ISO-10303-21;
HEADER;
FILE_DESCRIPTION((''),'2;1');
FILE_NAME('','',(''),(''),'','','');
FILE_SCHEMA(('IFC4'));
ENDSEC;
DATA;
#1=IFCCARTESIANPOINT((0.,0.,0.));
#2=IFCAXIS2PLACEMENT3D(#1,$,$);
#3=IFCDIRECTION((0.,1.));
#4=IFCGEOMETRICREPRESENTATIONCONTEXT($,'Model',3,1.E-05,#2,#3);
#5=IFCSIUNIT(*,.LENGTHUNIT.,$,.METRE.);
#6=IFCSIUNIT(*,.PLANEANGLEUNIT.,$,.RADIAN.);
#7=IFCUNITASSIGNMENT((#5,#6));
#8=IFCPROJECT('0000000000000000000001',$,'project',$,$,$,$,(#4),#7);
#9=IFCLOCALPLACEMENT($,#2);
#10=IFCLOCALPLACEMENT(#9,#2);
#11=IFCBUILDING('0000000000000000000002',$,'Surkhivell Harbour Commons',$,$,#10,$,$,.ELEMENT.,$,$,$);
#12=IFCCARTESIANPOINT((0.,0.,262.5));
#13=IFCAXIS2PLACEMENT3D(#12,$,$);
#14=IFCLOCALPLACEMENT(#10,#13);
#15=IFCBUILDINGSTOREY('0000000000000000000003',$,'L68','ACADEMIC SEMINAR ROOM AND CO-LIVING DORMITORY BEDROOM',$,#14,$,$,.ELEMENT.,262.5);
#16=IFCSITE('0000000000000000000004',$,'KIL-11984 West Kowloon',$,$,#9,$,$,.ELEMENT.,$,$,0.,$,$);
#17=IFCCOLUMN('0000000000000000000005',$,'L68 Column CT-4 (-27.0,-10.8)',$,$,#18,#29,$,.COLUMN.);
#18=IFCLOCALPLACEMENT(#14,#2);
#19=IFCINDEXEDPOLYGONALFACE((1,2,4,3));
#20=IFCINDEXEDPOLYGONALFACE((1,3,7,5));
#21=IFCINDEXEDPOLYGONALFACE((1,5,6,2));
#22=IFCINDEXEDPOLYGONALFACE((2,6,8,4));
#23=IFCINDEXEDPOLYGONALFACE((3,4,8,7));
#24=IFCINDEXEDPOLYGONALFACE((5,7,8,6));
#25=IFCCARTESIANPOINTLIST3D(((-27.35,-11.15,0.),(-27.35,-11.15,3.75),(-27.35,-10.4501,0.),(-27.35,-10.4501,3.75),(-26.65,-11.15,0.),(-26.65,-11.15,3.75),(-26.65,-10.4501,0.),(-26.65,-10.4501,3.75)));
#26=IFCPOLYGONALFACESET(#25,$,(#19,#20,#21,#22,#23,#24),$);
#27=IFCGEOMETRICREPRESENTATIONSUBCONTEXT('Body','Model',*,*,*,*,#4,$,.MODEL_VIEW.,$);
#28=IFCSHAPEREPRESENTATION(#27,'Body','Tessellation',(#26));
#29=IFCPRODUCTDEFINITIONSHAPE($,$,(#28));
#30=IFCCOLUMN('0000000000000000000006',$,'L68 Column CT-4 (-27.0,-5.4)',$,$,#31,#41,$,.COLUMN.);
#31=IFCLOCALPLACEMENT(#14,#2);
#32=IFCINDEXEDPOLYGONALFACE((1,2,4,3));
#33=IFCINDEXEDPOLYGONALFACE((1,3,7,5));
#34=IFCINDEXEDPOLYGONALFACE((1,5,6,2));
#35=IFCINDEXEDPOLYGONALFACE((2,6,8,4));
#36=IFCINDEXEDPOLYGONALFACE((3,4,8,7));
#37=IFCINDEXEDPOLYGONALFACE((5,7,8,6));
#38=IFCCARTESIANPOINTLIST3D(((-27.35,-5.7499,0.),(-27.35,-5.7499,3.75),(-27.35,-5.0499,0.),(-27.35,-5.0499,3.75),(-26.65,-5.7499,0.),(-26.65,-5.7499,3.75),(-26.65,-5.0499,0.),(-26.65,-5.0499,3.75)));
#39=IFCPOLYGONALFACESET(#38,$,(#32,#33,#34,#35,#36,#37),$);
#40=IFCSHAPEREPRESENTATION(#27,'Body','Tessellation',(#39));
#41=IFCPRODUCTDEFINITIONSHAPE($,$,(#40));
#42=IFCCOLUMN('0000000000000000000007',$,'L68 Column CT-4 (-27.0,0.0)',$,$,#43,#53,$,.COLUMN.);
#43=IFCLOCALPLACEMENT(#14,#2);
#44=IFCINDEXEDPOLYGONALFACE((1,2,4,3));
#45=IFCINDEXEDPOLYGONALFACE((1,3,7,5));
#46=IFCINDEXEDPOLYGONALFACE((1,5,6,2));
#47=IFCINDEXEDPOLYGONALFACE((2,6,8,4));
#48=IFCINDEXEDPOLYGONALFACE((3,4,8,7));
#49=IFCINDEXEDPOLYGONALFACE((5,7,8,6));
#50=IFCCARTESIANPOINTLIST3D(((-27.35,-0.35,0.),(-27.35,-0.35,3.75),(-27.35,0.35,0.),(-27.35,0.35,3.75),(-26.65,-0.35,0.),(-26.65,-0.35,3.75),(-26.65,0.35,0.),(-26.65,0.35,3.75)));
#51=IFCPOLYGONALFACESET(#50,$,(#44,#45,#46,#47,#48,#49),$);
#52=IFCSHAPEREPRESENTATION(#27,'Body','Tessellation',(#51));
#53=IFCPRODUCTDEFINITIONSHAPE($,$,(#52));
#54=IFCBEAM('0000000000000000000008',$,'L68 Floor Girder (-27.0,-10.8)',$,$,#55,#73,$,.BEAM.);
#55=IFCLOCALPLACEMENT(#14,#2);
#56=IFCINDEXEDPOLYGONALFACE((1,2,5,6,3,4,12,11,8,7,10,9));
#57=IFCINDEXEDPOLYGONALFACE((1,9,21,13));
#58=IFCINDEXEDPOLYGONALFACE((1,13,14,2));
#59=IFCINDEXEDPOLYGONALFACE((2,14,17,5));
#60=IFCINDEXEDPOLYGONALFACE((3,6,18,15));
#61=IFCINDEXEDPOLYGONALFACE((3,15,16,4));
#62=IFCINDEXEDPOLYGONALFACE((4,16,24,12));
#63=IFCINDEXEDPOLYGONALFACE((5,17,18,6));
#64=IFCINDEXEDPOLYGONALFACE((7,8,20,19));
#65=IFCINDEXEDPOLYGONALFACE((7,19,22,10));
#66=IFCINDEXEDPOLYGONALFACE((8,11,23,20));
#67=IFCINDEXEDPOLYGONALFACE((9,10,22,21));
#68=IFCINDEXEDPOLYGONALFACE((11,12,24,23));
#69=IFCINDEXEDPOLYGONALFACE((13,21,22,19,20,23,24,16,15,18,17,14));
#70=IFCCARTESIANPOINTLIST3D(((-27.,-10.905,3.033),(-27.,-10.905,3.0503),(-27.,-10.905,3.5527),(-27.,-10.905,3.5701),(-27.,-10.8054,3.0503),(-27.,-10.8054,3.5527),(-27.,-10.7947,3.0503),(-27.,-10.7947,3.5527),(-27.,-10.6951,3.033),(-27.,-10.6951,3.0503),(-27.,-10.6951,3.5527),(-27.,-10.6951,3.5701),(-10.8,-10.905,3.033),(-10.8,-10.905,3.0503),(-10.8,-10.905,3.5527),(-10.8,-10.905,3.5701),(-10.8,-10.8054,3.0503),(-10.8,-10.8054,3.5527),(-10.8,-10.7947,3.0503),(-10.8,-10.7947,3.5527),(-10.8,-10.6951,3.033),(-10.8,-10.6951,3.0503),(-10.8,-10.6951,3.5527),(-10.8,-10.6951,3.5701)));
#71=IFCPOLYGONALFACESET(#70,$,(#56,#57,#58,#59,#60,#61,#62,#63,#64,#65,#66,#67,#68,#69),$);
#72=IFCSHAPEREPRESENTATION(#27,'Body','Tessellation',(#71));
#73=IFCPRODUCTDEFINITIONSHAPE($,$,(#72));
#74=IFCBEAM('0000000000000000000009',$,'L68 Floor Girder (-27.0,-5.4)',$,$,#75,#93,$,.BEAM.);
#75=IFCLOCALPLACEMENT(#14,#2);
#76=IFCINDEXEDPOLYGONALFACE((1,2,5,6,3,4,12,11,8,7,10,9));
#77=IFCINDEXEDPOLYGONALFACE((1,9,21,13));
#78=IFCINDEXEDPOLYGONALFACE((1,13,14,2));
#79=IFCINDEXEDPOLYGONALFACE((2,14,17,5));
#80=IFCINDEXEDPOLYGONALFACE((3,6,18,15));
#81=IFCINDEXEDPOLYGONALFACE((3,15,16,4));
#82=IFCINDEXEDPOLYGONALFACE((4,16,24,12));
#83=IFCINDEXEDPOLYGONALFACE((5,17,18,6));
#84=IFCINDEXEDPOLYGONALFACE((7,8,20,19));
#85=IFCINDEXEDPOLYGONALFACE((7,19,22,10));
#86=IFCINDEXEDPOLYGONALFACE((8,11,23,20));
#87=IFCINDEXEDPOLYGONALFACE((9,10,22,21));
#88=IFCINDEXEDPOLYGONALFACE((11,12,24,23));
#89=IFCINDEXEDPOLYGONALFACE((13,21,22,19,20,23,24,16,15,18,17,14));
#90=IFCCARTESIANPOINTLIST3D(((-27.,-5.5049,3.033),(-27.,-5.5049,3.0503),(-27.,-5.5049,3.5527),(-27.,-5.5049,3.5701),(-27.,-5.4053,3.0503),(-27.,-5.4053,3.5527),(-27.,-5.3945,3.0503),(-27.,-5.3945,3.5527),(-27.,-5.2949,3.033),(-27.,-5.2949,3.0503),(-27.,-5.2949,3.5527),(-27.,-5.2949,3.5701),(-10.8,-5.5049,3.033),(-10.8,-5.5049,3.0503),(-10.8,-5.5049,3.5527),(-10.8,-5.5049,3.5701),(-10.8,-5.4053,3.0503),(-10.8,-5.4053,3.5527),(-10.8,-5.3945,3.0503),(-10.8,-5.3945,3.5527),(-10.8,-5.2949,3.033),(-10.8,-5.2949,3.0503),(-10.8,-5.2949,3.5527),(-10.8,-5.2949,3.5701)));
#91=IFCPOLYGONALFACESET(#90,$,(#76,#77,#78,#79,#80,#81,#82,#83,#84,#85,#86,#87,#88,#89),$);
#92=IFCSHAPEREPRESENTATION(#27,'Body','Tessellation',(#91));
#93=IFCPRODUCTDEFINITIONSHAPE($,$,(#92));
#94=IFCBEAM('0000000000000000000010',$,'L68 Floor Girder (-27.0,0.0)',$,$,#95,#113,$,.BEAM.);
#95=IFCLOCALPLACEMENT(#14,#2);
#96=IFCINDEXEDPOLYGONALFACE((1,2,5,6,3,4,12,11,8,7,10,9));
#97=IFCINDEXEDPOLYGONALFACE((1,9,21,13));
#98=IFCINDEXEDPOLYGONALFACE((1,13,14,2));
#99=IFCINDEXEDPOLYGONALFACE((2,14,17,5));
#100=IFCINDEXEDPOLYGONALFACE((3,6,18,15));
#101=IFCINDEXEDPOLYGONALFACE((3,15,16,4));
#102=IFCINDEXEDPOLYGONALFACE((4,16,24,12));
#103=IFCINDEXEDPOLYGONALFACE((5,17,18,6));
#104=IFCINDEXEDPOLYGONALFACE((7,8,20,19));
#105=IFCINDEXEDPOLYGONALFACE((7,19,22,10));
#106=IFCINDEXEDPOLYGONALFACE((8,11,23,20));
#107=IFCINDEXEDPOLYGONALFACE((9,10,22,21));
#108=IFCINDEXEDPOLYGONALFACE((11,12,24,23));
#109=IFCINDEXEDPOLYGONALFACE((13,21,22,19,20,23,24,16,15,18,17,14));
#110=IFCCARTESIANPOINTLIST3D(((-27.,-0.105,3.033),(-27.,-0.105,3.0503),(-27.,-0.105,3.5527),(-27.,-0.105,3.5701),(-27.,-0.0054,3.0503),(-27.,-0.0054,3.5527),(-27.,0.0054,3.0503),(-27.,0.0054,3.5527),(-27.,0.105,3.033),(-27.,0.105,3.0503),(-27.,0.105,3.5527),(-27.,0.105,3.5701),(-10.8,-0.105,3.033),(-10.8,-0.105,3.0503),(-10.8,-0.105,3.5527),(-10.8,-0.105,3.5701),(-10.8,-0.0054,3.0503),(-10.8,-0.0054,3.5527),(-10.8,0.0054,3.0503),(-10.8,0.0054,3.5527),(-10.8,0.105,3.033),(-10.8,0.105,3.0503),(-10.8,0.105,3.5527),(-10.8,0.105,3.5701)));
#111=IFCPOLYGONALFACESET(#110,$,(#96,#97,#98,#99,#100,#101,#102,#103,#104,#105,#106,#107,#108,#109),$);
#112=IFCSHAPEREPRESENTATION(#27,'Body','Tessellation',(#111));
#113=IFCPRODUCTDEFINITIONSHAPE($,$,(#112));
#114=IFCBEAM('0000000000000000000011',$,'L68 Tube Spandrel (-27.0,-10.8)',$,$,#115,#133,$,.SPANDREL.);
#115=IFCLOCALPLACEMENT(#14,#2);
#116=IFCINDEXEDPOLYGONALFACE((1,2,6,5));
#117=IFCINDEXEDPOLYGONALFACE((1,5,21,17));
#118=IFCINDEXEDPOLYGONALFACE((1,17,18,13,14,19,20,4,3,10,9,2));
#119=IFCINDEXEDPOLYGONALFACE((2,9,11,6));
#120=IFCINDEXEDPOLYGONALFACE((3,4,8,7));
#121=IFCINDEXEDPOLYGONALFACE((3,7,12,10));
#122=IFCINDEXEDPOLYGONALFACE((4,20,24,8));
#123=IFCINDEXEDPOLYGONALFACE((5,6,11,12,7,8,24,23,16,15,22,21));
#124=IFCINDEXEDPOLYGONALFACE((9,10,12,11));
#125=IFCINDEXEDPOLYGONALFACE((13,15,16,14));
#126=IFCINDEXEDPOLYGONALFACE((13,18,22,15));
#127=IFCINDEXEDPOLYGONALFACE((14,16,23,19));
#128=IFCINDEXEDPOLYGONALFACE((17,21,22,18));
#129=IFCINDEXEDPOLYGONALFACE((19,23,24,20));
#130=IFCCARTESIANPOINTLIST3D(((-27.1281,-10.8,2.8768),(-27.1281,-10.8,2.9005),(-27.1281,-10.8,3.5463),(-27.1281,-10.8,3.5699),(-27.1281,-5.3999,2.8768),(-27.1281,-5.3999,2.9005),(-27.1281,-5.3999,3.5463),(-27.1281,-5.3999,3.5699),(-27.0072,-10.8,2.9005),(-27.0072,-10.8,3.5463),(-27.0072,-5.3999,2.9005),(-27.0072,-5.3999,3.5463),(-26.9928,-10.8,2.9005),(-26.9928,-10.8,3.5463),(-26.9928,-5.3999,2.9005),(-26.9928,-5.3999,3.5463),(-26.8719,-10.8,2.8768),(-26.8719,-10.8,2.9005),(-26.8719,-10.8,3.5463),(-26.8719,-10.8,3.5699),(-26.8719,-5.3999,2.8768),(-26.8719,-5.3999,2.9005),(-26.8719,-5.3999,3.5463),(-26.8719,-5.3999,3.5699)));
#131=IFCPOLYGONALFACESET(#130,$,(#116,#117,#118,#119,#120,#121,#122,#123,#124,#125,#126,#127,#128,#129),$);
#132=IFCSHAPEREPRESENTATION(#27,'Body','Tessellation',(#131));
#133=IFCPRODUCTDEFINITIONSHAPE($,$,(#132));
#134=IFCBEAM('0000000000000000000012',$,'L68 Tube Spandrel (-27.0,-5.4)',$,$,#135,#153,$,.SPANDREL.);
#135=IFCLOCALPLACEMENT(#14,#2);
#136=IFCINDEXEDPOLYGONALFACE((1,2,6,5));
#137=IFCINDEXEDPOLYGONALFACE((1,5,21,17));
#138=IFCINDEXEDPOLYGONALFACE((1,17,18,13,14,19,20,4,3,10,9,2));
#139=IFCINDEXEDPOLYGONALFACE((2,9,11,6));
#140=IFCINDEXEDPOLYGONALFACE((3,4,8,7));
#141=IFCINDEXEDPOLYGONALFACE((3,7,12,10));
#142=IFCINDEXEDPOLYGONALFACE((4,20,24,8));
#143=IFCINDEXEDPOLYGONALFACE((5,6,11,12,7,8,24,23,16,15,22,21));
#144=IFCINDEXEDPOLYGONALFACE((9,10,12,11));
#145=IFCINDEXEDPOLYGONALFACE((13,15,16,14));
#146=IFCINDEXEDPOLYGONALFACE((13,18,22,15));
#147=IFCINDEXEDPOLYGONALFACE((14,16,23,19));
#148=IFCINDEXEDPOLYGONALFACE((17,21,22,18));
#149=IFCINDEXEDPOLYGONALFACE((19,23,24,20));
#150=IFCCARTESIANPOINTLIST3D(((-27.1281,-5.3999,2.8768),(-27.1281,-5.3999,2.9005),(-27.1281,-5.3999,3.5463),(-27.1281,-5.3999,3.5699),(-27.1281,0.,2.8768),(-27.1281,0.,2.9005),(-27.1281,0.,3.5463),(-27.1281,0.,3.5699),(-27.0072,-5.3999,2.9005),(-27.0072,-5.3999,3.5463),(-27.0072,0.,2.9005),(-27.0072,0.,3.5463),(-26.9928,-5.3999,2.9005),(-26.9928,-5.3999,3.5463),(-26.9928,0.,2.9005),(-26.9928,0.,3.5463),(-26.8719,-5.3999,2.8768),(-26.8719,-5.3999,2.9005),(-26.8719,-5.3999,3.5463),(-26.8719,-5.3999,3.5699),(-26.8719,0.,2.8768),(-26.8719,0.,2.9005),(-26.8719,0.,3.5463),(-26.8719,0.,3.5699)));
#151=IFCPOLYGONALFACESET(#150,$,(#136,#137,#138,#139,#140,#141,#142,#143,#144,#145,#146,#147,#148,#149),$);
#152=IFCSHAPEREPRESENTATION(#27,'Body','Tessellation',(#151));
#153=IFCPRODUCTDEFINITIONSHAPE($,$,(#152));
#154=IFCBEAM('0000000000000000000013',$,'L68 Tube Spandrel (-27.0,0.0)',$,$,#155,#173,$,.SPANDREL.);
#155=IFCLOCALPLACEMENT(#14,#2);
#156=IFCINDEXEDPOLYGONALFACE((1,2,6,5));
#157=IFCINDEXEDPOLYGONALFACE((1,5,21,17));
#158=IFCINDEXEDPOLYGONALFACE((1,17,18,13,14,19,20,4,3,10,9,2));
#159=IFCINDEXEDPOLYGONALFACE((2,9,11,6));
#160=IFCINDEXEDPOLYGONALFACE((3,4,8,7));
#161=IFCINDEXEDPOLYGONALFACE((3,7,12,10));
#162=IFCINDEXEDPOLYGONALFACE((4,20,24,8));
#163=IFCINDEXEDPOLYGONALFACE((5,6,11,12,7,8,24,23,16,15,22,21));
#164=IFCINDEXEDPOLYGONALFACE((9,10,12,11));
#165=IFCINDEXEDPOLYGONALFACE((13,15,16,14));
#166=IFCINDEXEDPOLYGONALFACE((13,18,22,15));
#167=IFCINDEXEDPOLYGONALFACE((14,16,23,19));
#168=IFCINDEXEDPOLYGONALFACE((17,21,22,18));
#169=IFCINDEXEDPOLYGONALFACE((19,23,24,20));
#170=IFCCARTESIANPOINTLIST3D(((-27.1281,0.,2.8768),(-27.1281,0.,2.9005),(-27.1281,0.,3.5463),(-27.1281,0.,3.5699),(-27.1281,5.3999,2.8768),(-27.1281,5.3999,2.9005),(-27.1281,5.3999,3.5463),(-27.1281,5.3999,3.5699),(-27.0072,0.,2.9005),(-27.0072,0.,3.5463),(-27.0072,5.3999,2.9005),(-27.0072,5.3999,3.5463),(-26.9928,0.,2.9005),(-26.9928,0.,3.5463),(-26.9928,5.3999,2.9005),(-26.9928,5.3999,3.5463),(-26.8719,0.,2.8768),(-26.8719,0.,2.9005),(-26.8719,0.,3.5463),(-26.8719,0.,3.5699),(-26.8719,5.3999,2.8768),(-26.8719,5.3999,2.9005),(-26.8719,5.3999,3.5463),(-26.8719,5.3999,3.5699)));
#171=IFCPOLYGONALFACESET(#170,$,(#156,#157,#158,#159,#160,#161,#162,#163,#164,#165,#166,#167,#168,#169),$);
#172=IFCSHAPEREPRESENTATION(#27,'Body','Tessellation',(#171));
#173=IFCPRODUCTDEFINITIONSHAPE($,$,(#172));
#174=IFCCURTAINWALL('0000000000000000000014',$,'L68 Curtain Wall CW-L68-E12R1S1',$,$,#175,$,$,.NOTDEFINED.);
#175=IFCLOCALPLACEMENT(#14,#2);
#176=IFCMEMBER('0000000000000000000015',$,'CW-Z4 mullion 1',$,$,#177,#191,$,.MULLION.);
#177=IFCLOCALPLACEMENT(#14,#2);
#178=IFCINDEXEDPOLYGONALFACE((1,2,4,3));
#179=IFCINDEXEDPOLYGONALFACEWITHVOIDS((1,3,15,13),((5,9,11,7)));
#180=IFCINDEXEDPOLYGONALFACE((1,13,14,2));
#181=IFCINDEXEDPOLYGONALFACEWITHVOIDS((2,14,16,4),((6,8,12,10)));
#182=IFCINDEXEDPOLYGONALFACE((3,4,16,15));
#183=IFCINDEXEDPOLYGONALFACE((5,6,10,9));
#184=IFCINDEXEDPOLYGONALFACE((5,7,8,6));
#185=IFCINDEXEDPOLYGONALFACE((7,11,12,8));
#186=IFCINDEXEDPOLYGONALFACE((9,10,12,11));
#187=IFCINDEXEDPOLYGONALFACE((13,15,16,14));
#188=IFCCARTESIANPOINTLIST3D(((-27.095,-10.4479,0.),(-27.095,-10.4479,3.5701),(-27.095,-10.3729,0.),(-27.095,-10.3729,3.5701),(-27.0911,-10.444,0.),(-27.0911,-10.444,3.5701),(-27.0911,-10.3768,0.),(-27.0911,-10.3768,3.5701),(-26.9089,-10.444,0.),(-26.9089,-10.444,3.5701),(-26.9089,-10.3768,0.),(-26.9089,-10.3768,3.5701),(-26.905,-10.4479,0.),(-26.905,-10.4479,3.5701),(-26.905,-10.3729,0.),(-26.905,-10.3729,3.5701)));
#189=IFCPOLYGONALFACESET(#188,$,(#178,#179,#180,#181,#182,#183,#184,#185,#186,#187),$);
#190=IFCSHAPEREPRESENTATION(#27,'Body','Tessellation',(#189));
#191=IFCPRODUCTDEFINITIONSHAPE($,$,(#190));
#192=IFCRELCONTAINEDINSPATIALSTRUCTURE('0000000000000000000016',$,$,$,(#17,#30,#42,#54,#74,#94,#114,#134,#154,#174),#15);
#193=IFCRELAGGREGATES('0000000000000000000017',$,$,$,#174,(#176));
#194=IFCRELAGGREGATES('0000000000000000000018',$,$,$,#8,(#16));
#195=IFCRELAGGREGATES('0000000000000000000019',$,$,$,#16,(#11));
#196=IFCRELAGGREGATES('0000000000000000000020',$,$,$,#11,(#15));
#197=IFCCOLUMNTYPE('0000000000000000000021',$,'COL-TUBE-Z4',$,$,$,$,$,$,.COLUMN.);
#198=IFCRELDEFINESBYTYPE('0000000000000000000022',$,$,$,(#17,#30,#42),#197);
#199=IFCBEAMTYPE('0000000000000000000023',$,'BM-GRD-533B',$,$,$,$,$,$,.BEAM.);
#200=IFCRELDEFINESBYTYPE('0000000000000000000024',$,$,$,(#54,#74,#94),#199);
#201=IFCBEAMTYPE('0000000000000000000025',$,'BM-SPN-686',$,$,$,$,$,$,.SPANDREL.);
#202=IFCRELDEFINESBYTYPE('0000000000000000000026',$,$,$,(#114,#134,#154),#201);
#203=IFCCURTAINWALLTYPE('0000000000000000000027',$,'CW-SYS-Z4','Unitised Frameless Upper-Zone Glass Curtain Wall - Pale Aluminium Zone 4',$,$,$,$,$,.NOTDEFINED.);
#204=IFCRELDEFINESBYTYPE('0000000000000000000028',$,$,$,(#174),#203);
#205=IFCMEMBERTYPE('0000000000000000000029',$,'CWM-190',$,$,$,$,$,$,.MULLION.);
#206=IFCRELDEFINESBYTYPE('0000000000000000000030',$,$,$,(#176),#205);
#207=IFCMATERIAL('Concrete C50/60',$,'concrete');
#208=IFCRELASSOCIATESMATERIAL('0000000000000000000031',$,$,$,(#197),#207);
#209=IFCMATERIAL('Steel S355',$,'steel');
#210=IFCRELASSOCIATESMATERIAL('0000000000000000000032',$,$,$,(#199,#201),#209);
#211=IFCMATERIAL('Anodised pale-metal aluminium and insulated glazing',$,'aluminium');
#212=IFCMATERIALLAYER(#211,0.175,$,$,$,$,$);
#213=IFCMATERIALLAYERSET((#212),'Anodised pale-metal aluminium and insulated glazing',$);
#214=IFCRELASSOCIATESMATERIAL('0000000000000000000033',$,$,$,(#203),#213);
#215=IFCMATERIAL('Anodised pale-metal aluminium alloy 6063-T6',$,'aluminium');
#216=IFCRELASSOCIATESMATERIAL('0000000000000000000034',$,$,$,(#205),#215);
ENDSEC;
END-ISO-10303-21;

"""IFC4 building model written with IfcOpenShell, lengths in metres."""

from ifc_helpers import new_model, si_unit, direction, frame, origin, origin_2d, place, context, subcontext, project, spatial, rectangle, hollow_rectangle, i_section, extrude, material, layer, layer_set, material_profile, profile_set, type_object, element, aggregate, save


model = new_model("IFC4")

# Units and contexts
model_context = context("Model", 3, precision=1e-05, world=origin(), true_north=direction((0.0, 1.0)))
body_context = subcontext(model_context, "Body", "Model", "MODEL_VIEW")
ifc_project = project(units=[si_unit("LENGTHUNIT", "METRE"), si_unit("PLANEANGLEUNIT", "RADIAN")], contexts=[model_context])

# Site, building, storey
site_placement = place(None, origin())
site = spatial("IfcSite", under=ifc_project, at=site_placement, Name="KIL-11984 West Kowloon", CompositionType="ELEMENT", RefElevation=0.0)
building_placement = place(site_placement, origin())
building = spatial("IfcBuilding", under=site, at=building_placement, Name="Surkhivell Harbour Commons", CompositionType="ELEMENT")
storey_placement = place(building_placement, frame((0.0, 0.0, 262.5)))
storey = spatial("IfcBuildingStorey", under=building, at=storey_placement, Name="L68", Description="ACADEMIC SEMINAR ROOM AND CO-LIVING DORMITORY BEDROOM", CompositionType="ELEMENT", Elevation=262.5)

# Columns
ifc_material_1 = material(Name="Concrete C50/60", Category="concrete")
ifc_material_profile_1 = material_profile(ifc_material_1, rectangle(XDim=0.7, YDim=0.7, at=origin_2d()), Name="RC-COL-700x700")
ifc_profile_set_1 = profile_set([ifc_material_profile_1], Name="Concrete C50/60")
column_type = type_object("IfcColumnType", Name="COL-TUBE-Z4", PredefinedType="COLUMN", material=ifc_profile_set_1)
for number, where, z_axis, x_axis, name in (
    (1, (-27.0, -10.8, 0.0), (0.0, 0.0, 1.0), (1.0, 0.0, 0.0), "L68 Column CT-4 (-27.0,-10.8)"),
    (2, (-27.0, -5.3999, 0.0), (0.0, 0.0, 1.0), (1.0, 0.0, 0.0), "L68 Column CT-4 (-27.0,-5.4)"),
    (3, (-27.0, 0.0, 0.0), (0.0, 0.0, 1.0), (1.0, 0.0, 0.0), "L68 Column CT-4 (-27.0,0.0)"),
):
    element("IfcColumn", number, at=place(storey_placement, frame(where, z_axis=z_axis, x_axis=x_axis)), inside=storey, type_object=column_type, Name=name, PredefinedType="COLUMN", context=body_context, shape_type="SweptSolid", body=[
        extrude(rectangle(XDim=0.7, YDim=0.7, at=origin_2d()), origin(), (0.0, 0.0, 1.0), 3.75),
    ])

# Beams
ifc_material_2 = material(Name="Steel S355", Category="steel")
ifc_material_profile_2 = material_profile(ifc_material_2, i_section(OverallWidth=0.21, OverallDepth=0.5371, WebThickness=0.0107, FlangeThickness=0.0173, at=origin_2d()), Name="UB533x210x101")
ifc_profile_set_2 = profile_set([ifc_material_profile_2], Name="Steel S355")
beam_type_1 = type_object("IfcBeamType", Name="BM-GRD-533B", PredefinedType="BEAM", material=ifc_profile_set_2)
for number, where, z_axis, x_axis, name in (
    (4, (-27.0, -10.8, 3.3015), (1.0, 0.0, 0.0), (0.0, 1.0, 0.0), "L68 Floor Girder (-27.0,-10.8)"),
    (5, (-27.0, -5.3999, 3.3015), (1.0, 0.0, 0.0), (0.0, 1.0, 0.0), "L68 Floor Girder (-27.0,-5.4)"),
    (6, (-27.0, 0.0, 3.3015), (1.0, 0.0, 0.0), (0.0, 1.0, 0.0), "L68 Floor Girder (-27.0,0.0)"),
):
    element("IfcBeam", number, at=place(storey_placement, frame(where, z_axis=z_axis, x_axis=x_axis)), inside=storey, type_object=beam_type_1, Name=name, PredefinedType="BEAM", context=body_context, shape_type="SweptSolid", body=[
        extrude(i_section(OverallWidth=0.21, OverallDepth=0.5371, WebThickness=0.0107, FlangeThickness=0.0173, at=origin_2d()), origin(), (0.0, 0.0, 1.0), 16.2),
    ])
ifc_material_profile_3 = material_profile(ifc_material_2, i_section(OverallWidth=0.2561, OverallDepth=0.6931, WebThickness=0.0144, FlangeThickness=0.0237, at=origin_2d()), Name="UB686x254x170")
ifc_profile_set_3 = profile_set([ifc_material_profile_3], Name="Steel S355")
beam_type_2 = type_object("IfcBeamType", Name="BM-SPN-686", PredefinedType="SPANDREL", material=ifc_profile_set_3)
beam_placement = place(storey_placement, frame((-27.0, -10.8, 3.2234), z_axis=(0.0, 1.0, 0.0), x_axis=(-1.0, 0.0, 0.0)))
element("IfcBeam", 7, at=beam_placement, inside=storey, type_object=beam_type_2, Name="L68 Tube Spandrel (-27.0,-10.8)", PredefinedType="SPANDREL", context=body_context, shape_type="SweptSolid", body=[
    extrude(i_section(OverallWidth=0.2561, OverallDepth=0.6931, WebThickness=0.0144, FlangeThickness=0.0237, at=origin_2d()), origin(), (0.0, 0.0, 1.0), 5.4001),
])
for number, where, z_axis, x_axis, name in (
    (8, (-27.0, -5.3999, 3.2234), (0.0, 1.0, 0.0), (-1.0, 0.0, 0.0), "L68 Tube Spandrel (-27.0,-5.4)"),
    (9, (-27.0, 0.0, 3.2234), (0.0, 1.0, 0.0), (-1.0, 0.0, 0.0), "L68 Tube Spandrel (-27.0,0.0)"),
):
    element("IfcBeam", number, at=place(storey_placement, frame(where, z_axis=z_axis, x_axis=x_axis)), inside=storey, type_object=beam_type_2, Name=name, PredefinedType="SPANDREL", context=body_context, shape_type="SweptSolid", body=[
        extrude(i_section(OverallWidth=0.2561, OverallDepth=0.6931, WebThickness=0.0144, FlangeThickness=0.0237, at=origin_2d()), origin(), (0.0, 0.0, 1.0), 5.3999),
    ])

# Curtain wall, member
ifc_material_3 = material(Name="Anodised pale-metal aluminium and insulated glazing", Category="aluminium")
ifc_layer_1 = layer(ifc_material_3, 0.175)
ifc_layer_set_1 = layer_set([ifc_layer_1], Name="Anodised pale-metal aluminium and insulated glazing")
curtain_wall_type = type_object("IfcCurtainWallType", Name="CW-SYS-Z4", Description="Unitised Frameless Upper-Zone Glass Curtain Wall - Pale Aluminium Zone 4", PredefinedType="NOTDEFINED", material=ifc_layer_set_1)
curtain_wall_placement = place(storey_placement, origin())
curtain_wall = element("IfcCurtainWall", 10, at=curtain_wall_placement, inside=storey, type_object=curtain_wall_type, Name="L68 Curtain Wall CW-L68-E12R1S1", PredefinedType="NOTDEFINED")
ifc_material_4 = material(Name="Anodised pale-metal aluminium alloy 6063-T6", Category="aluminium")
ifc_material_profile_4 = material_profile(ifc_material_4, hollow_rectangle(XDim=0.075, YDim=0.1899, WallThickness=0.0039, at=origin_2d()), Name="ALU-MULL-75x190")
ifc_profile_set_4 = profile_set([ifc_material_profile_4], Name="Anodised pale-metal aluminium alloy 6063-T6")
member_type_1 = type_object("IfcMemberType", Name="CWM-190", PredefinedType="MULLION", material=ifc_profile_set_4)
member_1_placement = place(storey_placement, frame((-27.0, -10.4104, 0.0), z_axis=(0.0, 0.0, 1.0), x_axis=(0.0, 1.0, 0.0)))
member_1 = element("IfcMember", 11, at=member_1_placement, type_object=member_type_1, Name="CW-Z4 mullion 1", PredefinedType="MULLION", context=body_context, shape_type="SweptSolid", body=[
    extrude(hollow_rectangle(XDim=0.075, YDim=0.1899, WallThickness=0.0039, at=origin_2d()), origin(), (0.0, 0.0, 1.0), 3.5701),
])

aggregate(curtain_wall, [member_1])

save(model, "model.ifc")
